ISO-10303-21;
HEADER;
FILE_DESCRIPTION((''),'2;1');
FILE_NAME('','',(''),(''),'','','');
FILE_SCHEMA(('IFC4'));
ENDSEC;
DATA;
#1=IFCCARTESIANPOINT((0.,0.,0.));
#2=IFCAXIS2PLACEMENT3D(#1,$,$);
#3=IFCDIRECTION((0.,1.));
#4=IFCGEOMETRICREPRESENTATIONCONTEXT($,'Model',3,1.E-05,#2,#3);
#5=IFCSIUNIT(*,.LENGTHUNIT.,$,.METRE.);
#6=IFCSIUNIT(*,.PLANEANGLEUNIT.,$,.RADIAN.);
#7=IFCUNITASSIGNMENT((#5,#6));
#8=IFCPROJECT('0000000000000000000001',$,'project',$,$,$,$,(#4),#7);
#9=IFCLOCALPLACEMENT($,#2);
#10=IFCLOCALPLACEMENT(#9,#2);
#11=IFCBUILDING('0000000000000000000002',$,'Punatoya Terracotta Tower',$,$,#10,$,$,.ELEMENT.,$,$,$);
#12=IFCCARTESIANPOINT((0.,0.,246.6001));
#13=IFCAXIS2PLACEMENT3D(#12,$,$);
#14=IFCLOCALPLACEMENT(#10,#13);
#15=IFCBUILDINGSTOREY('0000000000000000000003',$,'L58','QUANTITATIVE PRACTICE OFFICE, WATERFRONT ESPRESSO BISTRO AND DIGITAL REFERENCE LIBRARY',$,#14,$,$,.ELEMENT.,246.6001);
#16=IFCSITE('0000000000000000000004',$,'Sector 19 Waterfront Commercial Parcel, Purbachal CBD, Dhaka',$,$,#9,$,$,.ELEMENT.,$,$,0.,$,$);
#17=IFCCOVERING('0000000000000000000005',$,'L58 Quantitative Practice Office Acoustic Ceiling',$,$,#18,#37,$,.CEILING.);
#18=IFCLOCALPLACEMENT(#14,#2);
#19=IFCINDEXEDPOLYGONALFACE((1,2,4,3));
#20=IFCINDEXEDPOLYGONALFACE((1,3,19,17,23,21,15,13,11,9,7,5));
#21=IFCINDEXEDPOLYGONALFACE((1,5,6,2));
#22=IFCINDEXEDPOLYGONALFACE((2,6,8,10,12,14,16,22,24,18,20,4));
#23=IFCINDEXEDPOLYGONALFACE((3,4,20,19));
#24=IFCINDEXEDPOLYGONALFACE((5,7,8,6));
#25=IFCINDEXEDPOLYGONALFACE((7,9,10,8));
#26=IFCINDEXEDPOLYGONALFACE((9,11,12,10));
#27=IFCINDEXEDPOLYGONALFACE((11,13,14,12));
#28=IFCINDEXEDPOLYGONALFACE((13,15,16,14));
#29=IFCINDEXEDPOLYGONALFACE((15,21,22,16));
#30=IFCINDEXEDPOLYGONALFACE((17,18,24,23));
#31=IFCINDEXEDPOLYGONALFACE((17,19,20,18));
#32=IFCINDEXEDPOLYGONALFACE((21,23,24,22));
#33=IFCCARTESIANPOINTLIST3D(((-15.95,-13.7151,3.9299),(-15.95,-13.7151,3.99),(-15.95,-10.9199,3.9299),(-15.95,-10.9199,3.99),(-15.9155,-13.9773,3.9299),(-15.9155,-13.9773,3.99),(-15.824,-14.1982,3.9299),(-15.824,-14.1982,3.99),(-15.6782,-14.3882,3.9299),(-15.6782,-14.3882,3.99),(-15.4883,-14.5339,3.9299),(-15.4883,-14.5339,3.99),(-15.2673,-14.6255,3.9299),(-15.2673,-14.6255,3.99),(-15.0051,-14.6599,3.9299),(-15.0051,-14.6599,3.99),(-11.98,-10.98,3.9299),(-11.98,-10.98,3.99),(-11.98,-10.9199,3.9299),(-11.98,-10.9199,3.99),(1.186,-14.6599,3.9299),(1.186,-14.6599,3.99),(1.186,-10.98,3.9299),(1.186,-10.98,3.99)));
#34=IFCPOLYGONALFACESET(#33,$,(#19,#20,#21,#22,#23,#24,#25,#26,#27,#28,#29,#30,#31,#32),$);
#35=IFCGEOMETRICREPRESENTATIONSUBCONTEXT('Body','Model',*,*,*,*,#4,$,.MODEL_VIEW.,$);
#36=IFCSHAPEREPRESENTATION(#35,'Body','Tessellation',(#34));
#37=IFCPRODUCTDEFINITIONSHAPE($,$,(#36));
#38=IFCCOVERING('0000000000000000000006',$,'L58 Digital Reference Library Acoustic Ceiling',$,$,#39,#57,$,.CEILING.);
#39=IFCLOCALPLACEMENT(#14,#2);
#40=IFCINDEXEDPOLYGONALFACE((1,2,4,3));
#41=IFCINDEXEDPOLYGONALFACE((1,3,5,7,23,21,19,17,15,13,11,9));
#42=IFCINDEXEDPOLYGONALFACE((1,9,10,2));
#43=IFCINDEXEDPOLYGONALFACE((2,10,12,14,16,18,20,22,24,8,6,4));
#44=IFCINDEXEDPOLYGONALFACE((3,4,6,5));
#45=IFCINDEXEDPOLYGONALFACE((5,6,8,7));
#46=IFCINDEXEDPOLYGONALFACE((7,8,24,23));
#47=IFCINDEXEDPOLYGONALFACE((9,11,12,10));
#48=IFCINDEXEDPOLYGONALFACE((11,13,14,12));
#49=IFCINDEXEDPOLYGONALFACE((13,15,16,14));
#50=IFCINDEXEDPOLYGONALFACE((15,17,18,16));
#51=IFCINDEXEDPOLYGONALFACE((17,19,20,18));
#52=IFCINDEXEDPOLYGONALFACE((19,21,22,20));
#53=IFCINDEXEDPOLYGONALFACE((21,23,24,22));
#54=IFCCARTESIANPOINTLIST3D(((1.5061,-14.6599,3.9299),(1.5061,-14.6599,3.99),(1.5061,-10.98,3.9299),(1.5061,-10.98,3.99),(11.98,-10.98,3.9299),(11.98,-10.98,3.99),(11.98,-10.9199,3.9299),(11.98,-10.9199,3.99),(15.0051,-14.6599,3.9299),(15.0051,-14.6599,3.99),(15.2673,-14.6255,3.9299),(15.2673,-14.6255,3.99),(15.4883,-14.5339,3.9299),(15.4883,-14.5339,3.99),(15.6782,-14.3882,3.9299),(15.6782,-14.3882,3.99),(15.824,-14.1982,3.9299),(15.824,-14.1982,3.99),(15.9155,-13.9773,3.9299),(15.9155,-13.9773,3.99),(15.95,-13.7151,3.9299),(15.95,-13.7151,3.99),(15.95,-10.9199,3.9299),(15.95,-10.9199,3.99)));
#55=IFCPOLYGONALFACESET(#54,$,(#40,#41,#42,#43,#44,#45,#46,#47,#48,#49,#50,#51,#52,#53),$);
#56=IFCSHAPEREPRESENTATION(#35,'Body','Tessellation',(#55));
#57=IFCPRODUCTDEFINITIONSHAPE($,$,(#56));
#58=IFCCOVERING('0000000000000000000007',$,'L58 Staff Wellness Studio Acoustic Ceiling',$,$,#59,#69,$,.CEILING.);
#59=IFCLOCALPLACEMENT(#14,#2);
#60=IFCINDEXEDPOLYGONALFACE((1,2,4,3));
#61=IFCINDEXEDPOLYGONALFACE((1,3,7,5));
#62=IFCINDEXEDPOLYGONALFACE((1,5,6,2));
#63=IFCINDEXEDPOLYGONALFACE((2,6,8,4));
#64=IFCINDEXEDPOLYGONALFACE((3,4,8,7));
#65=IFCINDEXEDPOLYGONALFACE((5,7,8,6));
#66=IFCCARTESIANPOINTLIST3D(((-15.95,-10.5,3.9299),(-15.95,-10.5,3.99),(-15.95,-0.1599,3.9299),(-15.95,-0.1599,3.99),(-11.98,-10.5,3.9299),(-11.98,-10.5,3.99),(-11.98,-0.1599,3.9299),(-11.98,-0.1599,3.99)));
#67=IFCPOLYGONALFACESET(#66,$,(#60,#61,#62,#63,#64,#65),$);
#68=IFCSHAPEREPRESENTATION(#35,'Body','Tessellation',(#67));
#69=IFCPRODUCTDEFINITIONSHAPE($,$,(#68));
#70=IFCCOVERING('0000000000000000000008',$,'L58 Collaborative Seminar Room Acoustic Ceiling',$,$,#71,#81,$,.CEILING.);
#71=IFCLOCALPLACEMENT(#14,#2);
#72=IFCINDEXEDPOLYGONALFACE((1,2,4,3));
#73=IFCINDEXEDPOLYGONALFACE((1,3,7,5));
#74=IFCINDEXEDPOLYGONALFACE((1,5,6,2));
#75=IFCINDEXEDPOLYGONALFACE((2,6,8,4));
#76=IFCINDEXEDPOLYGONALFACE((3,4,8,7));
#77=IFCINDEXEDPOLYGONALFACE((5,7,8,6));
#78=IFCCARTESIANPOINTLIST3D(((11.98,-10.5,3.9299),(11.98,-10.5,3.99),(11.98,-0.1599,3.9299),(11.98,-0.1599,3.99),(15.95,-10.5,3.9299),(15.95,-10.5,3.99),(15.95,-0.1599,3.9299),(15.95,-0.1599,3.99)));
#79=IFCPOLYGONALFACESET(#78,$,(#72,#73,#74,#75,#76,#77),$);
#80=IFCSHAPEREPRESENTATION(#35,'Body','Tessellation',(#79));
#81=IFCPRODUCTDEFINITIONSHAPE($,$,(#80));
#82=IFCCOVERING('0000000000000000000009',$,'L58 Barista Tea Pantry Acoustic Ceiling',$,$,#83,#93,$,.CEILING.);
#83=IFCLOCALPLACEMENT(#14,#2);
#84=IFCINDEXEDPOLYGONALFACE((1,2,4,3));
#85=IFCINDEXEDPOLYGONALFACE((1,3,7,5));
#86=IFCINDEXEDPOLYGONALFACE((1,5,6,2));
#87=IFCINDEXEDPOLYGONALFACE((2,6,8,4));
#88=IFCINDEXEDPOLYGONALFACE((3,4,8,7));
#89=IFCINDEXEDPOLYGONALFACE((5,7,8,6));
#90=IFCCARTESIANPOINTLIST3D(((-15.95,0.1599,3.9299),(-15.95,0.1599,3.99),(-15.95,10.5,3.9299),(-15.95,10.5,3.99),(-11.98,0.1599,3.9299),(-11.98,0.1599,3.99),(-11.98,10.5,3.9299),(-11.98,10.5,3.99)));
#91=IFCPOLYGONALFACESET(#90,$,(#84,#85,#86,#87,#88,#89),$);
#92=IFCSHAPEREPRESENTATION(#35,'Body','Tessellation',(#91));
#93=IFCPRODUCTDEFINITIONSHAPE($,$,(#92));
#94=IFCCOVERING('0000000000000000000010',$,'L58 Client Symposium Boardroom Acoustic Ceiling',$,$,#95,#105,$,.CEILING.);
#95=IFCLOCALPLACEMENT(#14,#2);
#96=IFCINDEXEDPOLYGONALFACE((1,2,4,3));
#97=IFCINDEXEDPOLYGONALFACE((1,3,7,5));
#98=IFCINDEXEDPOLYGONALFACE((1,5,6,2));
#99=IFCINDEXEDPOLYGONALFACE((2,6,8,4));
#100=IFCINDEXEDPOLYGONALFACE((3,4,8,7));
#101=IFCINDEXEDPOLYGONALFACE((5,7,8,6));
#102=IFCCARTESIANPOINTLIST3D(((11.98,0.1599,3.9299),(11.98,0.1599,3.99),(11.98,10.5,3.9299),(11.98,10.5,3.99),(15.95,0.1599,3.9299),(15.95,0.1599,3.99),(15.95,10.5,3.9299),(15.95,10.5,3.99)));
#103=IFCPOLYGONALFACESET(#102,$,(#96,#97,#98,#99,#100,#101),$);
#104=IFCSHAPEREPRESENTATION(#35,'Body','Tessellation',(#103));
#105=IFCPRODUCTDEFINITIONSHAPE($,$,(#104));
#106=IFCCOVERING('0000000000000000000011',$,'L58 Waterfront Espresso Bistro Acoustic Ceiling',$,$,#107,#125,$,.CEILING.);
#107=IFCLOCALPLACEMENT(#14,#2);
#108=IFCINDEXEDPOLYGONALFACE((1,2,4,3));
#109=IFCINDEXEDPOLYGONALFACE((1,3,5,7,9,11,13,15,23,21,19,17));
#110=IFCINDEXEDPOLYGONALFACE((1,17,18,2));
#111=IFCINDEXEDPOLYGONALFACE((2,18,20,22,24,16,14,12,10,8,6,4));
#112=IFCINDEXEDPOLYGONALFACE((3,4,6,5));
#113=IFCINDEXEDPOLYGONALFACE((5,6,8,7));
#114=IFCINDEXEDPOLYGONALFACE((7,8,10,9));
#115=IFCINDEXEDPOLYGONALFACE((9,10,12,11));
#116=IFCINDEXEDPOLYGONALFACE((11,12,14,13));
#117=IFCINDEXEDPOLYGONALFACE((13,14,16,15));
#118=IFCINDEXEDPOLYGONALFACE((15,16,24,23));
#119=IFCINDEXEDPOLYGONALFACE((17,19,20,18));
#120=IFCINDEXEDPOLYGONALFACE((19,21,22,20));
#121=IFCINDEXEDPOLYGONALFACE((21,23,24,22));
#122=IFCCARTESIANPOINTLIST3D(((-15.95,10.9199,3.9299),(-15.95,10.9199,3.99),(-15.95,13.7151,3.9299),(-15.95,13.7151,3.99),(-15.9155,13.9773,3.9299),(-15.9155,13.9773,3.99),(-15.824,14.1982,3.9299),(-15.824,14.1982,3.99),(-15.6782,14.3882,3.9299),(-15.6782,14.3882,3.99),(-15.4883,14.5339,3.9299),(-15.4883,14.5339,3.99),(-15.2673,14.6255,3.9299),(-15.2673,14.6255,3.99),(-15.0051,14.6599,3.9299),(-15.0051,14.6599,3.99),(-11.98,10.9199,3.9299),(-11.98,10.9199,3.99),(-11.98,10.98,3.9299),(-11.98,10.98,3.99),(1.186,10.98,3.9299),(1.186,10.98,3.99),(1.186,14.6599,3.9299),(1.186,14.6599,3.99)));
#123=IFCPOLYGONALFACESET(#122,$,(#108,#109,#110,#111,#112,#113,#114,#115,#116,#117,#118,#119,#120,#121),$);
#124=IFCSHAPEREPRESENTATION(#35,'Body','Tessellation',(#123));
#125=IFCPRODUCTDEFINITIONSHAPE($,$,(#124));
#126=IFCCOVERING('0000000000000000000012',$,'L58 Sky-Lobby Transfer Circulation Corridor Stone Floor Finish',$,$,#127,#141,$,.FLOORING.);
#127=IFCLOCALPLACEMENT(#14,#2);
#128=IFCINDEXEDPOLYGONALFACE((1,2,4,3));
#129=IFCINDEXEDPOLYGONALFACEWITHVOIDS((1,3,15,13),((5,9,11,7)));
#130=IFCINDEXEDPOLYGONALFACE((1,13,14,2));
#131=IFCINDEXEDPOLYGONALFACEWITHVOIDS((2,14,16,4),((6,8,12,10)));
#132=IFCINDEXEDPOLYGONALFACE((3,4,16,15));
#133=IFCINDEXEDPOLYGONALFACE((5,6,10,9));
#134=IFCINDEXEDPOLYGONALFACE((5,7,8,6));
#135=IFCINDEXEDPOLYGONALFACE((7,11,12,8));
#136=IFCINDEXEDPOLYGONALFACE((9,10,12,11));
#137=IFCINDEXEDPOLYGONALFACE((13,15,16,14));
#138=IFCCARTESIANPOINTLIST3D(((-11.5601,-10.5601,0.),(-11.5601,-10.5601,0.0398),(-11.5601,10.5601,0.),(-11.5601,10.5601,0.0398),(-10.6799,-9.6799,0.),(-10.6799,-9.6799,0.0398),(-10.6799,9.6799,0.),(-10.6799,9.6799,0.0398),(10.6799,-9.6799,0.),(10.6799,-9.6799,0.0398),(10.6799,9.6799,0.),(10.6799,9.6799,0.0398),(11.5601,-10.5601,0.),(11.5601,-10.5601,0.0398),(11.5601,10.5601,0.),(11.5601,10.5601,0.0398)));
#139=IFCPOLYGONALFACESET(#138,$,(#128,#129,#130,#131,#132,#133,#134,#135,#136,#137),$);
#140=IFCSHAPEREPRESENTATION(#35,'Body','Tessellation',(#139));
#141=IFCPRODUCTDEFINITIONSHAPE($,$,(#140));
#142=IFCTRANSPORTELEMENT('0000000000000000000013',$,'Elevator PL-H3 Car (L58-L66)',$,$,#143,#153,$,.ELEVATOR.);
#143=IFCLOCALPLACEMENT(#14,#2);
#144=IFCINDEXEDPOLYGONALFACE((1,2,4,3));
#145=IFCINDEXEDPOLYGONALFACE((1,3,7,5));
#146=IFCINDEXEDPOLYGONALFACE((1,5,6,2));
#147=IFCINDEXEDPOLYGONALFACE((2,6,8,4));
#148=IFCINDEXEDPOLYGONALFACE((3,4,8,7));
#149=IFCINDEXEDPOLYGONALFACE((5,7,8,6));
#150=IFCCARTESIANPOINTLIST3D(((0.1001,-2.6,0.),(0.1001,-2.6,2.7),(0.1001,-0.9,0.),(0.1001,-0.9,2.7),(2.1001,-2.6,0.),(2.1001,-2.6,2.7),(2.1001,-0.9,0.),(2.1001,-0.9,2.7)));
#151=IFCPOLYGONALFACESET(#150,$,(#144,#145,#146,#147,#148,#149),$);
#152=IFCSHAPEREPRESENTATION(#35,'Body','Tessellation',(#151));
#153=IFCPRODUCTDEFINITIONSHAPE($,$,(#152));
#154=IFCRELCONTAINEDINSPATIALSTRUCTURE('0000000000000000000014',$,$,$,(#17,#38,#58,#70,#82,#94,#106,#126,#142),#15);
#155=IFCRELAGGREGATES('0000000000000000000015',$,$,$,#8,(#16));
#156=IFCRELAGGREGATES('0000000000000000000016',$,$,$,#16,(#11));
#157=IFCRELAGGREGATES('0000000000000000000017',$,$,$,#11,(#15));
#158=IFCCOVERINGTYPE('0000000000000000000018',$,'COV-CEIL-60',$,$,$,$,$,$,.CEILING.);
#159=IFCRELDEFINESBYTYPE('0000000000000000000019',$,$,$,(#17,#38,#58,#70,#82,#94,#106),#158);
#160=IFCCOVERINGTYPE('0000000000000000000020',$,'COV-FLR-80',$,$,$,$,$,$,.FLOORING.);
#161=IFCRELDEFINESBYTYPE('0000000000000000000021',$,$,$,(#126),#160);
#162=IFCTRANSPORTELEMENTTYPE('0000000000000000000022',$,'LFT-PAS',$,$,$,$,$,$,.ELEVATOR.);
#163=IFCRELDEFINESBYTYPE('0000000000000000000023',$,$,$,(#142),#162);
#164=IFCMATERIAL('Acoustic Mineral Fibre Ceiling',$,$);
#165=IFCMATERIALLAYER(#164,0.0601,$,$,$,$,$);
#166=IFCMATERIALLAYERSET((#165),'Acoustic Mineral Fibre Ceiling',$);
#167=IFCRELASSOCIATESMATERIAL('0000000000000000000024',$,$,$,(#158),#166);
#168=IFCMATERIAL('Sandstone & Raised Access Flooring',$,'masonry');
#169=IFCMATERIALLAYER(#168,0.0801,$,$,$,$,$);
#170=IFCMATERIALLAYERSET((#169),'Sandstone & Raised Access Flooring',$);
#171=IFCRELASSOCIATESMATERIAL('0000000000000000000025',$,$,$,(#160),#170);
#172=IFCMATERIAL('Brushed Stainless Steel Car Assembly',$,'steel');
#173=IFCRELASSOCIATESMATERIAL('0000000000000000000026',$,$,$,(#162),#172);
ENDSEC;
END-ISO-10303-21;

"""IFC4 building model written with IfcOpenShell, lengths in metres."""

from ifc_helpers import new_model, si_unit, direction, frame, origin, origin_2d, place, context, subcontext, project, spatial, polyline, rectangle, outline, extrude, material, layer, layer_set, type_object, element, save


model = new_model("IFC4")

# Units and contexts
model_context = context("Model", 3, precision=1e-05, world=origin(), true_north=direction((0.0, 1.0)))
body_context = subcontext(model_context, "Body", "Model", "MODEL_VIEW")
ifc_project = project(units=[si_unit("LENGTHUNIT", "METRE"), si_unit("PLANEANGLEUNIT", "RADIAN")], contexts=[model_context])

# Site, building, storey
site_placement = place(None, origin())
site = spatial("IfcSite", under=ifc_project, at=site_placement, Name="Sector 19 Waterfront Commercial Parcel, Purbachal CBD, Dhaka", CompositionType="ELEMENT", RefElevation=0.0)
building_placement = place(site_placement, origin())
building = spatial("IfcBuilding", under=site, at=building_placement, Name="Punatoya Terracotta Tower", CompositionType="ELEMENT")
storey_placement = place(building_placement, frame((0.0, 0.0, 246.6001)))
storey = spatial("IfcBuildingStorey", under=building, at=storey_placement, Name="L58", Description="QUANTITATIVE PRACTICE OFFICE, WATERFRONT ESPRESSO BISTRO AND DIGITAL REFERENCE LIBRARY", CompositionType="ELEMENT", Elevation=246.6001)

# Coverings
ifc_material_1 = material(Name="Acoustic Mineral Fibre Ceiling")
ifc_layer_1 = layer(ifc_material_1, 0.0601)
ifc_layer_set_1 = layer_set([ifc_layer_1], Name="Acoustic Mineral Fibre Ceiling")
covering_type_1 = type_object("IfcCoveringType", Name="COV-CEIL-60", PredefinedType="CEILING", material=ifc_layer_set_1)
covering_1_placement = place(storey_placement, frame((0.0, 0.0, 3.9299)))
element("IfcCovering", 1, at=covering_1_placement, inside=storey, type_object=covering_type_1, Name="L58 Quantitative Practice Office Acoustic Ceiling", PredefinedType="CEILING", context=body_context, shape_type="SweptSolid", body=[
    extrude(outline(polyline([(-15.6782, -14.3882), (-15.4883, -14.5339), (-15.2673, -14.6255), (-15.0051, -14.6599), (1.186, -14.6599), (1.186, -10.98), (-11.98, -10.98), (-11.98, -10.9199), (-15.95, -10.9199), (-15.95, -13.7151), (-15.9155, -13.9773), (-15.824, -14.1982), (-15.6782, -14.3882)])), origin(), (0.0, 0.0, 1.0), 0.0601),
])
covering_2_placement = place(storey_placement, frame((0.0, 0.0, 3.9299)))
element("IfcCovering", 2, at=covering_2_placement, inside=storey, type_object=covering_type_1, Name="L58 Digital Reference Library Acoustic Ceiling", PredefinedType="CEILING", context=body_context, shape_type="SweptSolid", body=[
    extrude(outline(polyline([(11.98, -10.98), (1.5061, -10.98), (1.5061, -14.6599), (15.0051, -14.6599), (15.2673, -14.6255), (15.4883, -14.5339), (15.6782, -14.3882), (15.824, -14.1982), (15.9155, -13.9773), (15.95, -13.7151), (15.95, -10.9199), (11.98, -10.9199), (11.98, -10.98)])), origin(), (0.0, 0.0, 1.0), 0.0601),
])
covering_3_placement = place(storey_placement, frame((0.0, 0.0, 3.9299)))
element("IfcCovering", 3, at=covering_3_placement, inside=storey, type_object=covering_type_1, Name="L58 Staff Wellness Studio Acoustic Ceiling", PredefinedType="CEILING", context=body_context, shape_type="SweptSolid", body=[
    extrude(outline(polyline([(-15.95, -0.1599), (-15.95, -10.5), (-11.98, -10.5), (-11.98, -0.1599), (-15.95, -0.1599)])), origin(), (0.0, 0.0, 1.0), 0.0601),
])
covering_4_placement = place(storey_placement, frame((0.0, 0.0, 3.9299)))
element("IfcCovering", 4, at=covering_4_placement, inside=storey, type_object=covering_type_1, Name="L58 Collaborative Seminar Room Acoustic Ceiling", PredefinedType="CEILING", context=body_context, shape_type="SweptSolid", body=[
    extrude(outline(polyline([(15.95, -10.5), (15.95, -0.1599), (11.98, -0.1599), (11.98, -10.5), (15.95, -10.5)])), origin(), (0.0, 0.0, 1.0), 0.0601),
])
covering_5_placement = place(storey_placement, frame((0.0, 0.0, 3.9299)))
element("IfcCovering", 5, at=covering_5_placement, inside=storey, type_object=covering_type_1, Name="L58 Barista Tea Pantry Acoustic Ceiling", PredefinedType="CEILING", context=body_context, shape_type="SweptSolid", body=[
    extrude(outline(polyline([(-15.95, 10.5), (-15.95, 0.1599), (-11.98, 0.1599), (-11.98, 10.5), (-15.95, 10.5)])), origin(), (0.0, 0.0, 1.0), 0.0601),
])
covering_6_placement = place(storey_placement, frame((0.0, 0.0, 3.9299)))
element("IfcCovering", 6, at=covering_6_placement, inside=storey, type_object=covering_type_1, Name="L58 Client Symposium Boardroom Acoustic Ceiling", PredefinedType="CEILING", context=body_context, shape_type="SweptSolid", body=[
    extrude(outline(polyline([(15.95, 0.1599), (15.95, 10.5), (11.98, 10.5), (11.98, 0.1599), (15.95, 0.1599)])), origin(), (0.0, 0.0, 1.0), 0.0601),
])
covering_7_placement = place(storey_placement, frame((0.0, 0.0, 3.9299)))
element("IfcCovering", 7, at=covering_7_placement, inside=storey, type_object=covering_type_1, Name="L58 Waterfront Espresso Bistro Acoustic Ceiling", PredefinedType="CEILING", context=body_context, shape_type="SweptSolid", body=[
    extrude(outline(polyline([(-15.95, 13.7151), (-15.95, 10.9199), (-11.98, 10.9199), (-11.98, 10.98), (1.186, 10.98), (1.186, 14.6599), (-15.0051, 14.6599), (-15.2673, 14.6255), (-15.4883, 14.5339), (-15.6782, 14.3882), (-15.824, 14.1982), (-15.9155, 13.9773), (-15.95, 13.7151)])), origin(), (0.0, 0.0, 1.0), 0.0601),
])
ifc_material_2 = material(Name="Sandstone & Raised Access Flooring", Category="masonry")
ifc_layer_2 = layer(ifc_material_2, 0.0801)
ifc_layer_set_2 = layer_set([ifc_layer_2], Name="Sandstone & Raised Access Flooring")
covering_type_2 = type_object("IfcCoveringType", Name="COV-FLR-80", PredefinedType="FLOORING", material=ifc_layer_set_2)
covering_8_placement = place(storey_placement, origin())
element("IfcCovering", 8, at=covering_8_placement, inside=storey, type_object=covering_type_2, Name="L58 Sky-Lobby Transfer Circulation Corridor Stone Floor Finish", PredefinedType="FLOORING", context=body_context, shape_type="SweptSolid", body=[
    extrude(outline(polyline([(-11.5601, 10.5601), (-11.5601, -10.5601), (11.5601, -10.5601), (11.5601, 10.5601), (-11.5601, 10.5601)]), holes=[polyline([(-10.6799, 9.6799), (10.6799, 9.6799), (10.6799, -9.6799), (-10.6799, -9.6799), (-10.6799, 9.6799)])]), origin(), (0.0, 0.0, 1.0), 0.0398),
])

# Transport element
ifc_material_3 = material(Name="Brushed Stainless Steel Car Assembly", Category="steel")
transport_element_type = type_object("IfcTransportElementType", Name="LFT-PAS", PredefinedType="ELEVATOR", material=ifc_material_3)
transport_element_placement = place(storey_placement, frame((1.1001, -1.75, 0.0), z_axis=(0.0, 0.0, 1.0), x_axis=(1.0, 0.0, 0.0)))
element("IfcTransportElement", 9, at=transport_element_placement, inside=storey, type_object=transport_element_type, Name="Elevator PL-H3 Car (L58-L66)", PredefinedType="ELEVATOR", context=body_context, shape_type="SweptSolid", body=[
    extrude(rectangle(XDim=2.0, YDim=1.7, at=origin_2d()), origin(), (0.0, 0.0, 1.0), 2.7),
])

save(model, "model.ifc")
